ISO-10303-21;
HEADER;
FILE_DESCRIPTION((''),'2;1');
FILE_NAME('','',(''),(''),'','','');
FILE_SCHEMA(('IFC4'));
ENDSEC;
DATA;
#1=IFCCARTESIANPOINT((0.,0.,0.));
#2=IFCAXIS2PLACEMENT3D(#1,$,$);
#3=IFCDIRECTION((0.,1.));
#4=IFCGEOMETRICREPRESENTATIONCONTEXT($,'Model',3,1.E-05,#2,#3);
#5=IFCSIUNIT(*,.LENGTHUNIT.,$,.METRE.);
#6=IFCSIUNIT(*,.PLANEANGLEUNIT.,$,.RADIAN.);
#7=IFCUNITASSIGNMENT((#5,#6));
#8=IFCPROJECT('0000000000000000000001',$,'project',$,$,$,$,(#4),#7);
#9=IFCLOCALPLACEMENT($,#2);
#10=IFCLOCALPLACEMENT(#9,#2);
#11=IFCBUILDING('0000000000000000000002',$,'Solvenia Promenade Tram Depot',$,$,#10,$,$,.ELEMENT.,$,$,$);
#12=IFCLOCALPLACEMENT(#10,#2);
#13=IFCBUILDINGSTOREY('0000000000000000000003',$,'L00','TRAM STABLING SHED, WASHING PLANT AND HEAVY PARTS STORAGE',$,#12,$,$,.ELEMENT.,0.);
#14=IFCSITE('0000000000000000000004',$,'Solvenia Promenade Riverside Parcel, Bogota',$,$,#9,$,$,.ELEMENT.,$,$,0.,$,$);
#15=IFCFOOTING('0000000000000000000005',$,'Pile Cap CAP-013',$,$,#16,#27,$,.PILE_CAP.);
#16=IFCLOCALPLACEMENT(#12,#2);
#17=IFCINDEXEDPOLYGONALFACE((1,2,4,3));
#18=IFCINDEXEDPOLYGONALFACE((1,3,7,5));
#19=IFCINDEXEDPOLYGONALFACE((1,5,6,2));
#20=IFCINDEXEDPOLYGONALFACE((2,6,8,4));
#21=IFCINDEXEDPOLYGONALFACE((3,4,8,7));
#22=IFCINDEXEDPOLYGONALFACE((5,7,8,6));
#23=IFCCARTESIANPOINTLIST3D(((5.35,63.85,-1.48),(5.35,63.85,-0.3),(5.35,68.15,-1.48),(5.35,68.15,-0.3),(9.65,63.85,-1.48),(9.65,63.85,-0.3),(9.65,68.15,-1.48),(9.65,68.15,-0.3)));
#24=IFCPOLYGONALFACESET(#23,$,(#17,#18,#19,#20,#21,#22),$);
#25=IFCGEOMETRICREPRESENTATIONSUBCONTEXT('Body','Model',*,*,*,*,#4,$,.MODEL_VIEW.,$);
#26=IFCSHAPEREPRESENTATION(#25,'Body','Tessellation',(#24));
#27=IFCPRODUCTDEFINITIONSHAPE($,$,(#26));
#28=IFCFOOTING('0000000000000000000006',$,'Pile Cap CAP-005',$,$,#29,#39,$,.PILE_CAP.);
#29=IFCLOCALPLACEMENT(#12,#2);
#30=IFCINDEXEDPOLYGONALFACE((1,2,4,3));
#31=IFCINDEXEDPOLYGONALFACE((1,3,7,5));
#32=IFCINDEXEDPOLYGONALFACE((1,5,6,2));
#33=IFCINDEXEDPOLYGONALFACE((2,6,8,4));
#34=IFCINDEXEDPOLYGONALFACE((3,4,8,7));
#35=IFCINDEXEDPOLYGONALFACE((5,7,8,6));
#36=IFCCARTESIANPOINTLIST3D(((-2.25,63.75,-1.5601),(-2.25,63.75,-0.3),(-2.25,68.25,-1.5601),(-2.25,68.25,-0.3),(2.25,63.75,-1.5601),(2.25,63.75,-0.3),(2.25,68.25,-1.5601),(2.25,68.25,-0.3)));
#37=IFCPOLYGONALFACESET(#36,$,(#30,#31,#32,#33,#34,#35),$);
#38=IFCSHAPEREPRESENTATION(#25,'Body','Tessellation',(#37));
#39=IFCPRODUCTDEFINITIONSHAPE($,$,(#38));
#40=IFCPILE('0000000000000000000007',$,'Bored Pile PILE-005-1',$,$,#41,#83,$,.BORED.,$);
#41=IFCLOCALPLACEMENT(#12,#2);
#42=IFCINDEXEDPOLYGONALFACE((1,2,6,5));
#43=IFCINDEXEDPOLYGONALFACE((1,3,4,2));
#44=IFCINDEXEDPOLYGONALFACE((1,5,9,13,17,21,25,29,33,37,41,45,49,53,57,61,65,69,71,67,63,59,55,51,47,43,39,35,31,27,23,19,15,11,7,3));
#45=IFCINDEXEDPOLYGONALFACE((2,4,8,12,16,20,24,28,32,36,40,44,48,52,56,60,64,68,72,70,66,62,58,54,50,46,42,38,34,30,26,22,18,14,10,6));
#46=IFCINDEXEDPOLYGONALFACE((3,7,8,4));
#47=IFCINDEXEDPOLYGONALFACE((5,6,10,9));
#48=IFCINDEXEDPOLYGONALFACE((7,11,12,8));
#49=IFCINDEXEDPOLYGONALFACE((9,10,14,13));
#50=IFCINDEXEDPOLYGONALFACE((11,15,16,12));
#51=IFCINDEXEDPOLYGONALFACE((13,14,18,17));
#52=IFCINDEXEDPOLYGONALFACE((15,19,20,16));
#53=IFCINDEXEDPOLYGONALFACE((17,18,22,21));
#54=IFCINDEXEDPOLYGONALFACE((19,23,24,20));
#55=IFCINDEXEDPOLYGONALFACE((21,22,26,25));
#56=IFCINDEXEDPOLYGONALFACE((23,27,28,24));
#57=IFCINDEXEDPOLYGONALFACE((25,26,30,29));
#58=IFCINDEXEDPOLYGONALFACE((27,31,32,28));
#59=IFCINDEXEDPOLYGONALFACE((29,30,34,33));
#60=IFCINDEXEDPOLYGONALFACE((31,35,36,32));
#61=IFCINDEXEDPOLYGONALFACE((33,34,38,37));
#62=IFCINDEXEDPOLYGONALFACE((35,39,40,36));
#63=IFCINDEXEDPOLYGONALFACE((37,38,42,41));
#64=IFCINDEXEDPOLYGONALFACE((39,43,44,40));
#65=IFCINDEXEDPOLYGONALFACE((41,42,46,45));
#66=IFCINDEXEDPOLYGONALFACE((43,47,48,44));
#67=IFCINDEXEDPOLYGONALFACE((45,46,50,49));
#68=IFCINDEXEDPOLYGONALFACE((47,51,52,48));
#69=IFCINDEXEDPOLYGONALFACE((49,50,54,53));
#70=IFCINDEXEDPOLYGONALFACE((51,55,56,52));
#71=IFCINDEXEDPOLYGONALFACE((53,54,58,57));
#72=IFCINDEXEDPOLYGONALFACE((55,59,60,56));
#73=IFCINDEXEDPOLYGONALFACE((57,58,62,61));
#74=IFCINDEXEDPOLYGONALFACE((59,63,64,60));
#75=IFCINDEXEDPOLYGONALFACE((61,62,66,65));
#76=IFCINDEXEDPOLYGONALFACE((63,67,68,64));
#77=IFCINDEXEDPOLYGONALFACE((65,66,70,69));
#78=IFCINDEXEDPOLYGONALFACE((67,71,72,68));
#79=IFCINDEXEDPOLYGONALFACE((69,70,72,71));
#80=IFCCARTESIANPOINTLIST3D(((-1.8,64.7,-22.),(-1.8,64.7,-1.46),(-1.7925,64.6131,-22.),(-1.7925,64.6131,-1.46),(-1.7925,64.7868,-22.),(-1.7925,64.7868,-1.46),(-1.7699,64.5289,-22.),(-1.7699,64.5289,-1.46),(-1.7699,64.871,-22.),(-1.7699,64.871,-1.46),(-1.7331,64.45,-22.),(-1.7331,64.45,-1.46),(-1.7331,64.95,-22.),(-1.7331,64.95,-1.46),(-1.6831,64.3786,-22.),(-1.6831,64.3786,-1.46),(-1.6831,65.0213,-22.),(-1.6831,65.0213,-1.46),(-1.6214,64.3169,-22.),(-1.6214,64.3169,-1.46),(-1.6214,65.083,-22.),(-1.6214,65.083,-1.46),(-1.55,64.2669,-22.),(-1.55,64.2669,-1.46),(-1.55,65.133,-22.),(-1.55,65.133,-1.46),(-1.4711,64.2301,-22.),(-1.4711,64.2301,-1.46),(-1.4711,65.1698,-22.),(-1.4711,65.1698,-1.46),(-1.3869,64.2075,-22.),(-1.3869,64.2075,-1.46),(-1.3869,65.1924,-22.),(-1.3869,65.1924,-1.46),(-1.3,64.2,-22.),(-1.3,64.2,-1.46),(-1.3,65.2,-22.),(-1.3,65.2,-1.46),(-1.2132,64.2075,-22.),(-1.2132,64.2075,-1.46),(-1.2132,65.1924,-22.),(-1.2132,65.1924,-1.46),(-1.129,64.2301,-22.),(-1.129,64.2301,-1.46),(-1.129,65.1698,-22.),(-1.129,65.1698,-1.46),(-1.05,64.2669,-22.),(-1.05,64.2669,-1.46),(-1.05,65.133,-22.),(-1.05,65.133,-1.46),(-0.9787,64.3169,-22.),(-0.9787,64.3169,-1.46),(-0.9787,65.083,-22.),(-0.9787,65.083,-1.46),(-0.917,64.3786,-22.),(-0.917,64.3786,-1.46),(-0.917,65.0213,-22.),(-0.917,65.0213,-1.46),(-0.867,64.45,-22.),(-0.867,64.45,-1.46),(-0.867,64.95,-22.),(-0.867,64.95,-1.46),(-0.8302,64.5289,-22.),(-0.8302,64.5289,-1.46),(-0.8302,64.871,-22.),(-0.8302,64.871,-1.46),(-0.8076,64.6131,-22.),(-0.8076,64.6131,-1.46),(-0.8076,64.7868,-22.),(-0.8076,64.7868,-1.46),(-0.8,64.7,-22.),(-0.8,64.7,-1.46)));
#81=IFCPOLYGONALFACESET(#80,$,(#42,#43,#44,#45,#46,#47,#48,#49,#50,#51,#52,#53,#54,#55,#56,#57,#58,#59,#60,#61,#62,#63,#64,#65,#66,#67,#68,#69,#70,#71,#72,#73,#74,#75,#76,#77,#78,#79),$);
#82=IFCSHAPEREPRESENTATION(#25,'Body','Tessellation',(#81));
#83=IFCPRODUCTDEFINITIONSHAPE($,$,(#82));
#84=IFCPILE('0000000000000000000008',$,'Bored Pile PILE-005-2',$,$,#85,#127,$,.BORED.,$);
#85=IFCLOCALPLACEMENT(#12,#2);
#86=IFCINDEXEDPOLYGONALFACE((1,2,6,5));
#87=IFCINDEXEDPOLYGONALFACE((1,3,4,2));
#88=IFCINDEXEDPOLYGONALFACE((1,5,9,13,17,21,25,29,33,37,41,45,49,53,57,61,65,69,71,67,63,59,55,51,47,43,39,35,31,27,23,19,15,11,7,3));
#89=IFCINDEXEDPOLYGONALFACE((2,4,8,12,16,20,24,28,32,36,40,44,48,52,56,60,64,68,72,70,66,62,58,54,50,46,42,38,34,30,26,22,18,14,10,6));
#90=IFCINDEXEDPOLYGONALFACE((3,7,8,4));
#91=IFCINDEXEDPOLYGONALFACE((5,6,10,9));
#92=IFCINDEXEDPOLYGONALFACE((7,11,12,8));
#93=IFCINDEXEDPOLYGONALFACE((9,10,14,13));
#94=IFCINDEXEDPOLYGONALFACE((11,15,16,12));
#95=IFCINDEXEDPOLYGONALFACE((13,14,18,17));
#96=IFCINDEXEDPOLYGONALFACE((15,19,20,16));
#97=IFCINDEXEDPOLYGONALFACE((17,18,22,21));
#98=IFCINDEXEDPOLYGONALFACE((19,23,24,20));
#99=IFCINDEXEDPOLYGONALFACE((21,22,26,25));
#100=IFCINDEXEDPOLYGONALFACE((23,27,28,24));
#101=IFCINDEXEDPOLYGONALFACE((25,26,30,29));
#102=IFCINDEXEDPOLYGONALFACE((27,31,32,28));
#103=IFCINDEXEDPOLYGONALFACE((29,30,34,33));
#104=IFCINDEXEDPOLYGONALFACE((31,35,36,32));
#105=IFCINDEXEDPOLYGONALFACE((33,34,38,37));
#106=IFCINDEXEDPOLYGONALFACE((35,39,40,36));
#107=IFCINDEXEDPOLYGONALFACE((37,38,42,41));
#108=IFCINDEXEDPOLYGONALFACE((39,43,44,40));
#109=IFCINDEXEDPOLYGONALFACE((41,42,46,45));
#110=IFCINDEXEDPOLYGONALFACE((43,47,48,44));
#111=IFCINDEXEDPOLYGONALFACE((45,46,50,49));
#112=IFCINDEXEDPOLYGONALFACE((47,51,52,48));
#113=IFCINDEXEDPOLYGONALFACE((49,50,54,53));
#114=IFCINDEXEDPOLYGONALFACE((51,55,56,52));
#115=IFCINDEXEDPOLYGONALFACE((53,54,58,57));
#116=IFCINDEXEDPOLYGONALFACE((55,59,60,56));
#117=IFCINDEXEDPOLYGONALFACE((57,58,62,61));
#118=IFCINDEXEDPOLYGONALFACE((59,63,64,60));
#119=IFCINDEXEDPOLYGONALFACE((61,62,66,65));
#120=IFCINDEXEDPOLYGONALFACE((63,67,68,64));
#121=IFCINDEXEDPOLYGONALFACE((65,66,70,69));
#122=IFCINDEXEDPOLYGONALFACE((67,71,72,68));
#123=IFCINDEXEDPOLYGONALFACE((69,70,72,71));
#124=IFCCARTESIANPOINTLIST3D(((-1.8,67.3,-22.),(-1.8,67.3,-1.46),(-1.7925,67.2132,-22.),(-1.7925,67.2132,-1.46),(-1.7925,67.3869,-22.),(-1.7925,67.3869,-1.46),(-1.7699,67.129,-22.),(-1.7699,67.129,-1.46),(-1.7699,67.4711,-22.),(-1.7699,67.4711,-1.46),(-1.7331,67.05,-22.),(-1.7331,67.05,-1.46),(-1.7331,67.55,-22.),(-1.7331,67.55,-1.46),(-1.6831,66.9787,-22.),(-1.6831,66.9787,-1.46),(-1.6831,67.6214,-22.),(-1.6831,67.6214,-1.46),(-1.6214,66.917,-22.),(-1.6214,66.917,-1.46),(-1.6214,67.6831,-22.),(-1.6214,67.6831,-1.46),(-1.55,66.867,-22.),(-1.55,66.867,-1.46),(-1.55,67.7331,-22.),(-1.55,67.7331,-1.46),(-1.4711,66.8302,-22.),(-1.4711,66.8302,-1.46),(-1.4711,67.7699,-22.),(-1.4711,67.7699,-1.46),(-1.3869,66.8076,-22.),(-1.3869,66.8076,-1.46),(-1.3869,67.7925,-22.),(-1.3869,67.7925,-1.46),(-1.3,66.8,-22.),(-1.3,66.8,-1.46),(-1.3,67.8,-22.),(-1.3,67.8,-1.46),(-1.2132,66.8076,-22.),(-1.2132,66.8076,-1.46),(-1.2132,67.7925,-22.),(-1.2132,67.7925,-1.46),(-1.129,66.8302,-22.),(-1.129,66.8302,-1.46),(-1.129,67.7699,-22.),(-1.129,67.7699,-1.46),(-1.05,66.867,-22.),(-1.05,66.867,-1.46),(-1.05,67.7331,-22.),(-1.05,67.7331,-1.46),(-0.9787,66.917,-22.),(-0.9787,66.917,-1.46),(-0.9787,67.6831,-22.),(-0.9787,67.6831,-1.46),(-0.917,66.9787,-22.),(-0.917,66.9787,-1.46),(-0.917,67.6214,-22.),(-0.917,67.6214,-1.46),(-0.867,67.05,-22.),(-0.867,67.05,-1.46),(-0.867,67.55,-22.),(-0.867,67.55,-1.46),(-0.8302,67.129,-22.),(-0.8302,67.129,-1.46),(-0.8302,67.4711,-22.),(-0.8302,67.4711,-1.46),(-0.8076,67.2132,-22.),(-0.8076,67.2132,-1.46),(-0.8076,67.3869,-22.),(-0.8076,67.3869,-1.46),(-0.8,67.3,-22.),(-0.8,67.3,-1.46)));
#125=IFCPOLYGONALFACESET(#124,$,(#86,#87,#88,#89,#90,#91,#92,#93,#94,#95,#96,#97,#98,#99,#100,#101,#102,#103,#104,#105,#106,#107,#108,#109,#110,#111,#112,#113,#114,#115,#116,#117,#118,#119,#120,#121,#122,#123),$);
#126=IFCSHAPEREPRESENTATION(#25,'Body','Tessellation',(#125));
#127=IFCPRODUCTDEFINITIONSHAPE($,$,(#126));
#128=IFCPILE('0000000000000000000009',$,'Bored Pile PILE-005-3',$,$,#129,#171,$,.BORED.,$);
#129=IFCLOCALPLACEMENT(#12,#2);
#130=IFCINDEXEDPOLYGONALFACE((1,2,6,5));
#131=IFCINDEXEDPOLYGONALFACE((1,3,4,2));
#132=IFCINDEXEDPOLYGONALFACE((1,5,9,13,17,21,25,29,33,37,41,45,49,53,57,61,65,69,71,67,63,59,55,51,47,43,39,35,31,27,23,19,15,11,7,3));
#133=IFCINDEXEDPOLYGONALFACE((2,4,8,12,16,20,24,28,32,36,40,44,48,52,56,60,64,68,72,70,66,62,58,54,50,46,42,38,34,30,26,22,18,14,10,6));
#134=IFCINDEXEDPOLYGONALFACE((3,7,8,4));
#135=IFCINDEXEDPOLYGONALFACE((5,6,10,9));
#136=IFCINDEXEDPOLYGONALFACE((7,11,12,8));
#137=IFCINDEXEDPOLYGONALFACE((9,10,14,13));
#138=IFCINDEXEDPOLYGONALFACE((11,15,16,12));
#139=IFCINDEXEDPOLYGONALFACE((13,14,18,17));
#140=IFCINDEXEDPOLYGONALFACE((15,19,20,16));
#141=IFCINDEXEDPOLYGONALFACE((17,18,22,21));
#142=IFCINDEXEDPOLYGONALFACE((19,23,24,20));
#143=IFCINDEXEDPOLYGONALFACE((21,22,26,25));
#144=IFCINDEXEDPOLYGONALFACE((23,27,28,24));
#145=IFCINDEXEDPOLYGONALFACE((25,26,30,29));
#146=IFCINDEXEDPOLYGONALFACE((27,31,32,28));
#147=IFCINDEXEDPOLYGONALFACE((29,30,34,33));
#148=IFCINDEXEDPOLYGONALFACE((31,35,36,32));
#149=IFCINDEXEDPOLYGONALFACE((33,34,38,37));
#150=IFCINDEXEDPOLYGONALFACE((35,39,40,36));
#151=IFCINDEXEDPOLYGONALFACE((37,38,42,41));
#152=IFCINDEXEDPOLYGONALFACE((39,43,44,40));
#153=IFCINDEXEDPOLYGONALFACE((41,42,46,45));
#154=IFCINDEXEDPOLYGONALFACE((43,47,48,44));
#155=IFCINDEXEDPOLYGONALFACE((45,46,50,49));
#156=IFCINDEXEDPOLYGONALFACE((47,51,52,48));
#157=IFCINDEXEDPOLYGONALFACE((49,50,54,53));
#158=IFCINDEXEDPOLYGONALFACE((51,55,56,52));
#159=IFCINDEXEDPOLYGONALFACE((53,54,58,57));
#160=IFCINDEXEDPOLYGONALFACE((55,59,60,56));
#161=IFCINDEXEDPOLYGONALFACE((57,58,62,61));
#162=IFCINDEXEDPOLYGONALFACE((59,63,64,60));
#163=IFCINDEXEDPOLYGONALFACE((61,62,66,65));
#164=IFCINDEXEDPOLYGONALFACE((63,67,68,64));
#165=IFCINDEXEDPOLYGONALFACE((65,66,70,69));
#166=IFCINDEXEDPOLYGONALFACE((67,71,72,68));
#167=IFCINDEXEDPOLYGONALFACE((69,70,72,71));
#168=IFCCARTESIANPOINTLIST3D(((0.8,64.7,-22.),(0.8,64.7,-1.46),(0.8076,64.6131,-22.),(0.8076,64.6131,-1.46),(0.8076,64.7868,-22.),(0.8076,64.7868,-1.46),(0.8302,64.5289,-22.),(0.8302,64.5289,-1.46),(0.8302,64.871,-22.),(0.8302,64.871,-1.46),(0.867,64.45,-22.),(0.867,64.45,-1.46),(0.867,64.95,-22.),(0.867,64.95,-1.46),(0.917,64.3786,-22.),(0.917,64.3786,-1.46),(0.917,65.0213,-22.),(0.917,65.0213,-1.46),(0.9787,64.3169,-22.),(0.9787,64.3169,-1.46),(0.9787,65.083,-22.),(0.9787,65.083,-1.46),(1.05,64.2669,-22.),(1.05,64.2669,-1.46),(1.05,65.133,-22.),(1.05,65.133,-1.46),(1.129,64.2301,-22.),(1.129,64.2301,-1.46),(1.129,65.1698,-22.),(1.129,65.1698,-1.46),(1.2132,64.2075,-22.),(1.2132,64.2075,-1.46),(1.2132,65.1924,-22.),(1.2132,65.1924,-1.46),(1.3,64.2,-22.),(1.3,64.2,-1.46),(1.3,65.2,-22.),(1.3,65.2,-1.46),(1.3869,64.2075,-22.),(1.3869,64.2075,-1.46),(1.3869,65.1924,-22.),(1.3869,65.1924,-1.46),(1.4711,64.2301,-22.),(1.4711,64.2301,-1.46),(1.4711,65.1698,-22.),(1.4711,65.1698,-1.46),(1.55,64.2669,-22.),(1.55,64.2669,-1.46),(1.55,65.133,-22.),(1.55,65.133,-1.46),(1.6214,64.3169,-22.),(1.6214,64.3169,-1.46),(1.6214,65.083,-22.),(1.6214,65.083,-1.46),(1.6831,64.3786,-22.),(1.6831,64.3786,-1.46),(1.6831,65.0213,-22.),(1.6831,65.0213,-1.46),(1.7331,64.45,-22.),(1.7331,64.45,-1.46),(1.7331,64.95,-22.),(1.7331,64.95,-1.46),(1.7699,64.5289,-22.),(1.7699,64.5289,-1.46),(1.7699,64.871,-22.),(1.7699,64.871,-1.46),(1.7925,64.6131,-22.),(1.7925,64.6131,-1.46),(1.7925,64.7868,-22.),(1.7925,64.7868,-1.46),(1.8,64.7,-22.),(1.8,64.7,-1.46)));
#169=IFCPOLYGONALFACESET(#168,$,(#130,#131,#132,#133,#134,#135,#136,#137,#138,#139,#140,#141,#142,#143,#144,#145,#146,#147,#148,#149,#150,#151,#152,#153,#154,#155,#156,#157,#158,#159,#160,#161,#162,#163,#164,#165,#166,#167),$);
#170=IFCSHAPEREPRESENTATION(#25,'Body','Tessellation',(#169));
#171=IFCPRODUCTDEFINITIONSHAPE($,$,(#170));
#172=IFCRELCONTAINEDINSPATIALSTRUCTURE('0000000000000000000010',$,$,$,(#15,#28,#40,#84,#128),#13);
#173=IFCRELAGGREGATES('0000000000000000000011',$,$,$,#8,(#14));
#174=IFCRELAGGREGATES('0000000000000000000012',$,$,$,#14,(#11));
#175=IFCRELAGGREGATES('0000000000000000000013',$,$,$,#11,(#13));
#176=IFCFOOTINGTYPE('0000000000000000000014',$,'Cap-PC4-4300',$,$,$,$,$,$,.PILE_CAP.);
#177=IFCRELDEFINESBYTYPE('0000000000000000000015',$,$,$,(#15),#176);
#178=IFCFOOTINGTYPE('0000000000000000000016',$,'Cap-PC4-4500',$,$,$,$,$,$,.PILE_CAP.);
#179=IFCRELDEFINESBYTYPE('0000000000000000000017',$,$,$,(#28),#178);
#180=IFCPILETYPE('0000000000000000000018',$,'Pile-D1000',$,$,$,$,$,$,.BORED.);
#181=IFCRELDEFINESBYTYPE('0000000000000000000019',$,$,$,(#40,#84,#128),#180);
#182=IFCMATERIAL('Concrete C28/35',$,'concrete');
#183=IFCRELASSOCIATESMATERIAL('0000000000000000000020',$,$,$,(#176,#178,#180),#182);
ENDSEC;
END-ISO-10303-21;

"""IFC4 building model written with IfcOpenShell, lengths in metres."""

from ifc_helpers import new_model, si_unit, direction, frame, origin, origin_2d, place, context, subcontext, project, spatial, rectangle, circle, extrude, material, material_profile, profile_set, type_object, element, save


model = new_model("IFC4")

# Units and contexts
model_context = context("Model", 3, precision=1e-05, world=origin(), true_north=direction((0.0, 1.0)))
body_context = subcontext(model_context, "Body", "Model", "MODEL_VIEW")
ifc_project = project(units=[si_unit("LENGTHUNIT", "METRE"), si_unit("PLANEANGLEUNIT", "RADIAN")], contexts=[model_context])

# Site, building, storey
site_placement = place(None, origin())
site = spatial("IfcSite", under=ifc_project, at=site_placement, Name="Solvenia Promenade Riverside Parcel, Bogota", CompositionType="ELEMENT", RefElevation=0.0)
building_placement = place(site_placement, origin())
building = spatial("IfcBuilding", under=site, at=building_placement, Name="Solvenia Promenade Tram Depot", CompositionType="ELEMENT")
storey_placement = place(building_placement, origin())
storey = spatial("IfcBuildingStorey", under=building, at=storey_placement, Name="L00", Description="TRAM STABLING SHED, WASHING PLANT AND HEAVY PARTS STORAGE", CompositionType="ELEMENT", Elevation=0.0)

# Footings
ifc_material_1 = material(Name="Concrete C28/35", Category="concrete")
footing_type_1 = type_object("IfcFootingType", Name="Cap-PC4-4300", PredefinedType="PILE_CAP", material=ifc_material_1)
footing_1_placement = place(storey_placement, frame((7.5, 66.0, -1.48), z_axis=(0.0, 0.0, 1.0), x_axis=(1.0, 0.0, 0.0)))
element("IfcFooting", 1, at=footing_1_placement, inside=storey, type_object=footing_type_1, Name="Pile Cap CAP-013", PredefinedType="PILE_CAP", context=body_context, shape_type="SweptSolid", body=[
    extrude(rectangle(XDim=4.3, YDim=4.3, at=origin_2d()), origin(), (0.0, 0.0, 1.0), 1.1799),
])
footing_type_2 = type_object("IfcFootingType", Name="Cap-PC4-4500", PredefinedType="PILE_CAP", material=ifc_material_1)
footing_2_placement = place(storey_placement, frame((0.0, 66.0, -1.5601), z_axis=(0.0, 0.0, 1.0), x_axis=(1.0, 0.0, 0.0)))
element("IfcFooting", 2, at=footing_2_placement, inside=storey, type_object=footing_type_2, Name="Pile Cap CAP-005", PredefinedType="PILE_CAP", context=body_context, shape_type="SweptSolid", body=[
    extrude(rectangle(XDim=4.5, YDim=4.5, at=origin_2d()), origin(), (0.0, 0.0, 1.0), 1.26),
])

# Piles
ifc_material_profile_1 = material_profile(ifc_material_1, circle(Radius=0.5, at=origin_2d()), Name="D1000", Category="concrete")
ifc_profile_set_1 = profile_set([ifc_material_profile_1], Name="Concrete C28/35")
pile_type_1 = type_object("IfcPileType", Name="Pile-D1000", PredefinedType="BORED", material=ifc_profile_set_1)
for number, where, z_axis, x_axis, name in (
    (3, (-1.3, 64.7, -1.46), (0.0, 0.0, -1.0), (1.0, 0.0, 0.0), "Bored Pile PILE-005-1"),
    (4, (-1.3, 67.3, -1.46), (0.0, 0.0, -1.0), (1.0, 0.0, 0.0), "Bored Pile PILE-005-2"),
    (5, (1.3, 64.7, -1.46), (0.0, 0.0, -1.0), (1.0, 0.0, 0.0), "Bored Pile PILE-005-3"),
):
    element("IfcPile", number, at=place(storey_placement, frame(where, z_axis=z_axis, x_axis=x_axis)), inside=storey, type_object=pile_type_1, Name=name, PredefinedType="BORED", context=body_context, shape_type="SweptSolid", body=[
        extrude(circle(Radius=0.5, at=origin_2d()), origin(), (0.0, 0.0, 1.0), 20.54),
    ])

save(model, "model.ifc")
